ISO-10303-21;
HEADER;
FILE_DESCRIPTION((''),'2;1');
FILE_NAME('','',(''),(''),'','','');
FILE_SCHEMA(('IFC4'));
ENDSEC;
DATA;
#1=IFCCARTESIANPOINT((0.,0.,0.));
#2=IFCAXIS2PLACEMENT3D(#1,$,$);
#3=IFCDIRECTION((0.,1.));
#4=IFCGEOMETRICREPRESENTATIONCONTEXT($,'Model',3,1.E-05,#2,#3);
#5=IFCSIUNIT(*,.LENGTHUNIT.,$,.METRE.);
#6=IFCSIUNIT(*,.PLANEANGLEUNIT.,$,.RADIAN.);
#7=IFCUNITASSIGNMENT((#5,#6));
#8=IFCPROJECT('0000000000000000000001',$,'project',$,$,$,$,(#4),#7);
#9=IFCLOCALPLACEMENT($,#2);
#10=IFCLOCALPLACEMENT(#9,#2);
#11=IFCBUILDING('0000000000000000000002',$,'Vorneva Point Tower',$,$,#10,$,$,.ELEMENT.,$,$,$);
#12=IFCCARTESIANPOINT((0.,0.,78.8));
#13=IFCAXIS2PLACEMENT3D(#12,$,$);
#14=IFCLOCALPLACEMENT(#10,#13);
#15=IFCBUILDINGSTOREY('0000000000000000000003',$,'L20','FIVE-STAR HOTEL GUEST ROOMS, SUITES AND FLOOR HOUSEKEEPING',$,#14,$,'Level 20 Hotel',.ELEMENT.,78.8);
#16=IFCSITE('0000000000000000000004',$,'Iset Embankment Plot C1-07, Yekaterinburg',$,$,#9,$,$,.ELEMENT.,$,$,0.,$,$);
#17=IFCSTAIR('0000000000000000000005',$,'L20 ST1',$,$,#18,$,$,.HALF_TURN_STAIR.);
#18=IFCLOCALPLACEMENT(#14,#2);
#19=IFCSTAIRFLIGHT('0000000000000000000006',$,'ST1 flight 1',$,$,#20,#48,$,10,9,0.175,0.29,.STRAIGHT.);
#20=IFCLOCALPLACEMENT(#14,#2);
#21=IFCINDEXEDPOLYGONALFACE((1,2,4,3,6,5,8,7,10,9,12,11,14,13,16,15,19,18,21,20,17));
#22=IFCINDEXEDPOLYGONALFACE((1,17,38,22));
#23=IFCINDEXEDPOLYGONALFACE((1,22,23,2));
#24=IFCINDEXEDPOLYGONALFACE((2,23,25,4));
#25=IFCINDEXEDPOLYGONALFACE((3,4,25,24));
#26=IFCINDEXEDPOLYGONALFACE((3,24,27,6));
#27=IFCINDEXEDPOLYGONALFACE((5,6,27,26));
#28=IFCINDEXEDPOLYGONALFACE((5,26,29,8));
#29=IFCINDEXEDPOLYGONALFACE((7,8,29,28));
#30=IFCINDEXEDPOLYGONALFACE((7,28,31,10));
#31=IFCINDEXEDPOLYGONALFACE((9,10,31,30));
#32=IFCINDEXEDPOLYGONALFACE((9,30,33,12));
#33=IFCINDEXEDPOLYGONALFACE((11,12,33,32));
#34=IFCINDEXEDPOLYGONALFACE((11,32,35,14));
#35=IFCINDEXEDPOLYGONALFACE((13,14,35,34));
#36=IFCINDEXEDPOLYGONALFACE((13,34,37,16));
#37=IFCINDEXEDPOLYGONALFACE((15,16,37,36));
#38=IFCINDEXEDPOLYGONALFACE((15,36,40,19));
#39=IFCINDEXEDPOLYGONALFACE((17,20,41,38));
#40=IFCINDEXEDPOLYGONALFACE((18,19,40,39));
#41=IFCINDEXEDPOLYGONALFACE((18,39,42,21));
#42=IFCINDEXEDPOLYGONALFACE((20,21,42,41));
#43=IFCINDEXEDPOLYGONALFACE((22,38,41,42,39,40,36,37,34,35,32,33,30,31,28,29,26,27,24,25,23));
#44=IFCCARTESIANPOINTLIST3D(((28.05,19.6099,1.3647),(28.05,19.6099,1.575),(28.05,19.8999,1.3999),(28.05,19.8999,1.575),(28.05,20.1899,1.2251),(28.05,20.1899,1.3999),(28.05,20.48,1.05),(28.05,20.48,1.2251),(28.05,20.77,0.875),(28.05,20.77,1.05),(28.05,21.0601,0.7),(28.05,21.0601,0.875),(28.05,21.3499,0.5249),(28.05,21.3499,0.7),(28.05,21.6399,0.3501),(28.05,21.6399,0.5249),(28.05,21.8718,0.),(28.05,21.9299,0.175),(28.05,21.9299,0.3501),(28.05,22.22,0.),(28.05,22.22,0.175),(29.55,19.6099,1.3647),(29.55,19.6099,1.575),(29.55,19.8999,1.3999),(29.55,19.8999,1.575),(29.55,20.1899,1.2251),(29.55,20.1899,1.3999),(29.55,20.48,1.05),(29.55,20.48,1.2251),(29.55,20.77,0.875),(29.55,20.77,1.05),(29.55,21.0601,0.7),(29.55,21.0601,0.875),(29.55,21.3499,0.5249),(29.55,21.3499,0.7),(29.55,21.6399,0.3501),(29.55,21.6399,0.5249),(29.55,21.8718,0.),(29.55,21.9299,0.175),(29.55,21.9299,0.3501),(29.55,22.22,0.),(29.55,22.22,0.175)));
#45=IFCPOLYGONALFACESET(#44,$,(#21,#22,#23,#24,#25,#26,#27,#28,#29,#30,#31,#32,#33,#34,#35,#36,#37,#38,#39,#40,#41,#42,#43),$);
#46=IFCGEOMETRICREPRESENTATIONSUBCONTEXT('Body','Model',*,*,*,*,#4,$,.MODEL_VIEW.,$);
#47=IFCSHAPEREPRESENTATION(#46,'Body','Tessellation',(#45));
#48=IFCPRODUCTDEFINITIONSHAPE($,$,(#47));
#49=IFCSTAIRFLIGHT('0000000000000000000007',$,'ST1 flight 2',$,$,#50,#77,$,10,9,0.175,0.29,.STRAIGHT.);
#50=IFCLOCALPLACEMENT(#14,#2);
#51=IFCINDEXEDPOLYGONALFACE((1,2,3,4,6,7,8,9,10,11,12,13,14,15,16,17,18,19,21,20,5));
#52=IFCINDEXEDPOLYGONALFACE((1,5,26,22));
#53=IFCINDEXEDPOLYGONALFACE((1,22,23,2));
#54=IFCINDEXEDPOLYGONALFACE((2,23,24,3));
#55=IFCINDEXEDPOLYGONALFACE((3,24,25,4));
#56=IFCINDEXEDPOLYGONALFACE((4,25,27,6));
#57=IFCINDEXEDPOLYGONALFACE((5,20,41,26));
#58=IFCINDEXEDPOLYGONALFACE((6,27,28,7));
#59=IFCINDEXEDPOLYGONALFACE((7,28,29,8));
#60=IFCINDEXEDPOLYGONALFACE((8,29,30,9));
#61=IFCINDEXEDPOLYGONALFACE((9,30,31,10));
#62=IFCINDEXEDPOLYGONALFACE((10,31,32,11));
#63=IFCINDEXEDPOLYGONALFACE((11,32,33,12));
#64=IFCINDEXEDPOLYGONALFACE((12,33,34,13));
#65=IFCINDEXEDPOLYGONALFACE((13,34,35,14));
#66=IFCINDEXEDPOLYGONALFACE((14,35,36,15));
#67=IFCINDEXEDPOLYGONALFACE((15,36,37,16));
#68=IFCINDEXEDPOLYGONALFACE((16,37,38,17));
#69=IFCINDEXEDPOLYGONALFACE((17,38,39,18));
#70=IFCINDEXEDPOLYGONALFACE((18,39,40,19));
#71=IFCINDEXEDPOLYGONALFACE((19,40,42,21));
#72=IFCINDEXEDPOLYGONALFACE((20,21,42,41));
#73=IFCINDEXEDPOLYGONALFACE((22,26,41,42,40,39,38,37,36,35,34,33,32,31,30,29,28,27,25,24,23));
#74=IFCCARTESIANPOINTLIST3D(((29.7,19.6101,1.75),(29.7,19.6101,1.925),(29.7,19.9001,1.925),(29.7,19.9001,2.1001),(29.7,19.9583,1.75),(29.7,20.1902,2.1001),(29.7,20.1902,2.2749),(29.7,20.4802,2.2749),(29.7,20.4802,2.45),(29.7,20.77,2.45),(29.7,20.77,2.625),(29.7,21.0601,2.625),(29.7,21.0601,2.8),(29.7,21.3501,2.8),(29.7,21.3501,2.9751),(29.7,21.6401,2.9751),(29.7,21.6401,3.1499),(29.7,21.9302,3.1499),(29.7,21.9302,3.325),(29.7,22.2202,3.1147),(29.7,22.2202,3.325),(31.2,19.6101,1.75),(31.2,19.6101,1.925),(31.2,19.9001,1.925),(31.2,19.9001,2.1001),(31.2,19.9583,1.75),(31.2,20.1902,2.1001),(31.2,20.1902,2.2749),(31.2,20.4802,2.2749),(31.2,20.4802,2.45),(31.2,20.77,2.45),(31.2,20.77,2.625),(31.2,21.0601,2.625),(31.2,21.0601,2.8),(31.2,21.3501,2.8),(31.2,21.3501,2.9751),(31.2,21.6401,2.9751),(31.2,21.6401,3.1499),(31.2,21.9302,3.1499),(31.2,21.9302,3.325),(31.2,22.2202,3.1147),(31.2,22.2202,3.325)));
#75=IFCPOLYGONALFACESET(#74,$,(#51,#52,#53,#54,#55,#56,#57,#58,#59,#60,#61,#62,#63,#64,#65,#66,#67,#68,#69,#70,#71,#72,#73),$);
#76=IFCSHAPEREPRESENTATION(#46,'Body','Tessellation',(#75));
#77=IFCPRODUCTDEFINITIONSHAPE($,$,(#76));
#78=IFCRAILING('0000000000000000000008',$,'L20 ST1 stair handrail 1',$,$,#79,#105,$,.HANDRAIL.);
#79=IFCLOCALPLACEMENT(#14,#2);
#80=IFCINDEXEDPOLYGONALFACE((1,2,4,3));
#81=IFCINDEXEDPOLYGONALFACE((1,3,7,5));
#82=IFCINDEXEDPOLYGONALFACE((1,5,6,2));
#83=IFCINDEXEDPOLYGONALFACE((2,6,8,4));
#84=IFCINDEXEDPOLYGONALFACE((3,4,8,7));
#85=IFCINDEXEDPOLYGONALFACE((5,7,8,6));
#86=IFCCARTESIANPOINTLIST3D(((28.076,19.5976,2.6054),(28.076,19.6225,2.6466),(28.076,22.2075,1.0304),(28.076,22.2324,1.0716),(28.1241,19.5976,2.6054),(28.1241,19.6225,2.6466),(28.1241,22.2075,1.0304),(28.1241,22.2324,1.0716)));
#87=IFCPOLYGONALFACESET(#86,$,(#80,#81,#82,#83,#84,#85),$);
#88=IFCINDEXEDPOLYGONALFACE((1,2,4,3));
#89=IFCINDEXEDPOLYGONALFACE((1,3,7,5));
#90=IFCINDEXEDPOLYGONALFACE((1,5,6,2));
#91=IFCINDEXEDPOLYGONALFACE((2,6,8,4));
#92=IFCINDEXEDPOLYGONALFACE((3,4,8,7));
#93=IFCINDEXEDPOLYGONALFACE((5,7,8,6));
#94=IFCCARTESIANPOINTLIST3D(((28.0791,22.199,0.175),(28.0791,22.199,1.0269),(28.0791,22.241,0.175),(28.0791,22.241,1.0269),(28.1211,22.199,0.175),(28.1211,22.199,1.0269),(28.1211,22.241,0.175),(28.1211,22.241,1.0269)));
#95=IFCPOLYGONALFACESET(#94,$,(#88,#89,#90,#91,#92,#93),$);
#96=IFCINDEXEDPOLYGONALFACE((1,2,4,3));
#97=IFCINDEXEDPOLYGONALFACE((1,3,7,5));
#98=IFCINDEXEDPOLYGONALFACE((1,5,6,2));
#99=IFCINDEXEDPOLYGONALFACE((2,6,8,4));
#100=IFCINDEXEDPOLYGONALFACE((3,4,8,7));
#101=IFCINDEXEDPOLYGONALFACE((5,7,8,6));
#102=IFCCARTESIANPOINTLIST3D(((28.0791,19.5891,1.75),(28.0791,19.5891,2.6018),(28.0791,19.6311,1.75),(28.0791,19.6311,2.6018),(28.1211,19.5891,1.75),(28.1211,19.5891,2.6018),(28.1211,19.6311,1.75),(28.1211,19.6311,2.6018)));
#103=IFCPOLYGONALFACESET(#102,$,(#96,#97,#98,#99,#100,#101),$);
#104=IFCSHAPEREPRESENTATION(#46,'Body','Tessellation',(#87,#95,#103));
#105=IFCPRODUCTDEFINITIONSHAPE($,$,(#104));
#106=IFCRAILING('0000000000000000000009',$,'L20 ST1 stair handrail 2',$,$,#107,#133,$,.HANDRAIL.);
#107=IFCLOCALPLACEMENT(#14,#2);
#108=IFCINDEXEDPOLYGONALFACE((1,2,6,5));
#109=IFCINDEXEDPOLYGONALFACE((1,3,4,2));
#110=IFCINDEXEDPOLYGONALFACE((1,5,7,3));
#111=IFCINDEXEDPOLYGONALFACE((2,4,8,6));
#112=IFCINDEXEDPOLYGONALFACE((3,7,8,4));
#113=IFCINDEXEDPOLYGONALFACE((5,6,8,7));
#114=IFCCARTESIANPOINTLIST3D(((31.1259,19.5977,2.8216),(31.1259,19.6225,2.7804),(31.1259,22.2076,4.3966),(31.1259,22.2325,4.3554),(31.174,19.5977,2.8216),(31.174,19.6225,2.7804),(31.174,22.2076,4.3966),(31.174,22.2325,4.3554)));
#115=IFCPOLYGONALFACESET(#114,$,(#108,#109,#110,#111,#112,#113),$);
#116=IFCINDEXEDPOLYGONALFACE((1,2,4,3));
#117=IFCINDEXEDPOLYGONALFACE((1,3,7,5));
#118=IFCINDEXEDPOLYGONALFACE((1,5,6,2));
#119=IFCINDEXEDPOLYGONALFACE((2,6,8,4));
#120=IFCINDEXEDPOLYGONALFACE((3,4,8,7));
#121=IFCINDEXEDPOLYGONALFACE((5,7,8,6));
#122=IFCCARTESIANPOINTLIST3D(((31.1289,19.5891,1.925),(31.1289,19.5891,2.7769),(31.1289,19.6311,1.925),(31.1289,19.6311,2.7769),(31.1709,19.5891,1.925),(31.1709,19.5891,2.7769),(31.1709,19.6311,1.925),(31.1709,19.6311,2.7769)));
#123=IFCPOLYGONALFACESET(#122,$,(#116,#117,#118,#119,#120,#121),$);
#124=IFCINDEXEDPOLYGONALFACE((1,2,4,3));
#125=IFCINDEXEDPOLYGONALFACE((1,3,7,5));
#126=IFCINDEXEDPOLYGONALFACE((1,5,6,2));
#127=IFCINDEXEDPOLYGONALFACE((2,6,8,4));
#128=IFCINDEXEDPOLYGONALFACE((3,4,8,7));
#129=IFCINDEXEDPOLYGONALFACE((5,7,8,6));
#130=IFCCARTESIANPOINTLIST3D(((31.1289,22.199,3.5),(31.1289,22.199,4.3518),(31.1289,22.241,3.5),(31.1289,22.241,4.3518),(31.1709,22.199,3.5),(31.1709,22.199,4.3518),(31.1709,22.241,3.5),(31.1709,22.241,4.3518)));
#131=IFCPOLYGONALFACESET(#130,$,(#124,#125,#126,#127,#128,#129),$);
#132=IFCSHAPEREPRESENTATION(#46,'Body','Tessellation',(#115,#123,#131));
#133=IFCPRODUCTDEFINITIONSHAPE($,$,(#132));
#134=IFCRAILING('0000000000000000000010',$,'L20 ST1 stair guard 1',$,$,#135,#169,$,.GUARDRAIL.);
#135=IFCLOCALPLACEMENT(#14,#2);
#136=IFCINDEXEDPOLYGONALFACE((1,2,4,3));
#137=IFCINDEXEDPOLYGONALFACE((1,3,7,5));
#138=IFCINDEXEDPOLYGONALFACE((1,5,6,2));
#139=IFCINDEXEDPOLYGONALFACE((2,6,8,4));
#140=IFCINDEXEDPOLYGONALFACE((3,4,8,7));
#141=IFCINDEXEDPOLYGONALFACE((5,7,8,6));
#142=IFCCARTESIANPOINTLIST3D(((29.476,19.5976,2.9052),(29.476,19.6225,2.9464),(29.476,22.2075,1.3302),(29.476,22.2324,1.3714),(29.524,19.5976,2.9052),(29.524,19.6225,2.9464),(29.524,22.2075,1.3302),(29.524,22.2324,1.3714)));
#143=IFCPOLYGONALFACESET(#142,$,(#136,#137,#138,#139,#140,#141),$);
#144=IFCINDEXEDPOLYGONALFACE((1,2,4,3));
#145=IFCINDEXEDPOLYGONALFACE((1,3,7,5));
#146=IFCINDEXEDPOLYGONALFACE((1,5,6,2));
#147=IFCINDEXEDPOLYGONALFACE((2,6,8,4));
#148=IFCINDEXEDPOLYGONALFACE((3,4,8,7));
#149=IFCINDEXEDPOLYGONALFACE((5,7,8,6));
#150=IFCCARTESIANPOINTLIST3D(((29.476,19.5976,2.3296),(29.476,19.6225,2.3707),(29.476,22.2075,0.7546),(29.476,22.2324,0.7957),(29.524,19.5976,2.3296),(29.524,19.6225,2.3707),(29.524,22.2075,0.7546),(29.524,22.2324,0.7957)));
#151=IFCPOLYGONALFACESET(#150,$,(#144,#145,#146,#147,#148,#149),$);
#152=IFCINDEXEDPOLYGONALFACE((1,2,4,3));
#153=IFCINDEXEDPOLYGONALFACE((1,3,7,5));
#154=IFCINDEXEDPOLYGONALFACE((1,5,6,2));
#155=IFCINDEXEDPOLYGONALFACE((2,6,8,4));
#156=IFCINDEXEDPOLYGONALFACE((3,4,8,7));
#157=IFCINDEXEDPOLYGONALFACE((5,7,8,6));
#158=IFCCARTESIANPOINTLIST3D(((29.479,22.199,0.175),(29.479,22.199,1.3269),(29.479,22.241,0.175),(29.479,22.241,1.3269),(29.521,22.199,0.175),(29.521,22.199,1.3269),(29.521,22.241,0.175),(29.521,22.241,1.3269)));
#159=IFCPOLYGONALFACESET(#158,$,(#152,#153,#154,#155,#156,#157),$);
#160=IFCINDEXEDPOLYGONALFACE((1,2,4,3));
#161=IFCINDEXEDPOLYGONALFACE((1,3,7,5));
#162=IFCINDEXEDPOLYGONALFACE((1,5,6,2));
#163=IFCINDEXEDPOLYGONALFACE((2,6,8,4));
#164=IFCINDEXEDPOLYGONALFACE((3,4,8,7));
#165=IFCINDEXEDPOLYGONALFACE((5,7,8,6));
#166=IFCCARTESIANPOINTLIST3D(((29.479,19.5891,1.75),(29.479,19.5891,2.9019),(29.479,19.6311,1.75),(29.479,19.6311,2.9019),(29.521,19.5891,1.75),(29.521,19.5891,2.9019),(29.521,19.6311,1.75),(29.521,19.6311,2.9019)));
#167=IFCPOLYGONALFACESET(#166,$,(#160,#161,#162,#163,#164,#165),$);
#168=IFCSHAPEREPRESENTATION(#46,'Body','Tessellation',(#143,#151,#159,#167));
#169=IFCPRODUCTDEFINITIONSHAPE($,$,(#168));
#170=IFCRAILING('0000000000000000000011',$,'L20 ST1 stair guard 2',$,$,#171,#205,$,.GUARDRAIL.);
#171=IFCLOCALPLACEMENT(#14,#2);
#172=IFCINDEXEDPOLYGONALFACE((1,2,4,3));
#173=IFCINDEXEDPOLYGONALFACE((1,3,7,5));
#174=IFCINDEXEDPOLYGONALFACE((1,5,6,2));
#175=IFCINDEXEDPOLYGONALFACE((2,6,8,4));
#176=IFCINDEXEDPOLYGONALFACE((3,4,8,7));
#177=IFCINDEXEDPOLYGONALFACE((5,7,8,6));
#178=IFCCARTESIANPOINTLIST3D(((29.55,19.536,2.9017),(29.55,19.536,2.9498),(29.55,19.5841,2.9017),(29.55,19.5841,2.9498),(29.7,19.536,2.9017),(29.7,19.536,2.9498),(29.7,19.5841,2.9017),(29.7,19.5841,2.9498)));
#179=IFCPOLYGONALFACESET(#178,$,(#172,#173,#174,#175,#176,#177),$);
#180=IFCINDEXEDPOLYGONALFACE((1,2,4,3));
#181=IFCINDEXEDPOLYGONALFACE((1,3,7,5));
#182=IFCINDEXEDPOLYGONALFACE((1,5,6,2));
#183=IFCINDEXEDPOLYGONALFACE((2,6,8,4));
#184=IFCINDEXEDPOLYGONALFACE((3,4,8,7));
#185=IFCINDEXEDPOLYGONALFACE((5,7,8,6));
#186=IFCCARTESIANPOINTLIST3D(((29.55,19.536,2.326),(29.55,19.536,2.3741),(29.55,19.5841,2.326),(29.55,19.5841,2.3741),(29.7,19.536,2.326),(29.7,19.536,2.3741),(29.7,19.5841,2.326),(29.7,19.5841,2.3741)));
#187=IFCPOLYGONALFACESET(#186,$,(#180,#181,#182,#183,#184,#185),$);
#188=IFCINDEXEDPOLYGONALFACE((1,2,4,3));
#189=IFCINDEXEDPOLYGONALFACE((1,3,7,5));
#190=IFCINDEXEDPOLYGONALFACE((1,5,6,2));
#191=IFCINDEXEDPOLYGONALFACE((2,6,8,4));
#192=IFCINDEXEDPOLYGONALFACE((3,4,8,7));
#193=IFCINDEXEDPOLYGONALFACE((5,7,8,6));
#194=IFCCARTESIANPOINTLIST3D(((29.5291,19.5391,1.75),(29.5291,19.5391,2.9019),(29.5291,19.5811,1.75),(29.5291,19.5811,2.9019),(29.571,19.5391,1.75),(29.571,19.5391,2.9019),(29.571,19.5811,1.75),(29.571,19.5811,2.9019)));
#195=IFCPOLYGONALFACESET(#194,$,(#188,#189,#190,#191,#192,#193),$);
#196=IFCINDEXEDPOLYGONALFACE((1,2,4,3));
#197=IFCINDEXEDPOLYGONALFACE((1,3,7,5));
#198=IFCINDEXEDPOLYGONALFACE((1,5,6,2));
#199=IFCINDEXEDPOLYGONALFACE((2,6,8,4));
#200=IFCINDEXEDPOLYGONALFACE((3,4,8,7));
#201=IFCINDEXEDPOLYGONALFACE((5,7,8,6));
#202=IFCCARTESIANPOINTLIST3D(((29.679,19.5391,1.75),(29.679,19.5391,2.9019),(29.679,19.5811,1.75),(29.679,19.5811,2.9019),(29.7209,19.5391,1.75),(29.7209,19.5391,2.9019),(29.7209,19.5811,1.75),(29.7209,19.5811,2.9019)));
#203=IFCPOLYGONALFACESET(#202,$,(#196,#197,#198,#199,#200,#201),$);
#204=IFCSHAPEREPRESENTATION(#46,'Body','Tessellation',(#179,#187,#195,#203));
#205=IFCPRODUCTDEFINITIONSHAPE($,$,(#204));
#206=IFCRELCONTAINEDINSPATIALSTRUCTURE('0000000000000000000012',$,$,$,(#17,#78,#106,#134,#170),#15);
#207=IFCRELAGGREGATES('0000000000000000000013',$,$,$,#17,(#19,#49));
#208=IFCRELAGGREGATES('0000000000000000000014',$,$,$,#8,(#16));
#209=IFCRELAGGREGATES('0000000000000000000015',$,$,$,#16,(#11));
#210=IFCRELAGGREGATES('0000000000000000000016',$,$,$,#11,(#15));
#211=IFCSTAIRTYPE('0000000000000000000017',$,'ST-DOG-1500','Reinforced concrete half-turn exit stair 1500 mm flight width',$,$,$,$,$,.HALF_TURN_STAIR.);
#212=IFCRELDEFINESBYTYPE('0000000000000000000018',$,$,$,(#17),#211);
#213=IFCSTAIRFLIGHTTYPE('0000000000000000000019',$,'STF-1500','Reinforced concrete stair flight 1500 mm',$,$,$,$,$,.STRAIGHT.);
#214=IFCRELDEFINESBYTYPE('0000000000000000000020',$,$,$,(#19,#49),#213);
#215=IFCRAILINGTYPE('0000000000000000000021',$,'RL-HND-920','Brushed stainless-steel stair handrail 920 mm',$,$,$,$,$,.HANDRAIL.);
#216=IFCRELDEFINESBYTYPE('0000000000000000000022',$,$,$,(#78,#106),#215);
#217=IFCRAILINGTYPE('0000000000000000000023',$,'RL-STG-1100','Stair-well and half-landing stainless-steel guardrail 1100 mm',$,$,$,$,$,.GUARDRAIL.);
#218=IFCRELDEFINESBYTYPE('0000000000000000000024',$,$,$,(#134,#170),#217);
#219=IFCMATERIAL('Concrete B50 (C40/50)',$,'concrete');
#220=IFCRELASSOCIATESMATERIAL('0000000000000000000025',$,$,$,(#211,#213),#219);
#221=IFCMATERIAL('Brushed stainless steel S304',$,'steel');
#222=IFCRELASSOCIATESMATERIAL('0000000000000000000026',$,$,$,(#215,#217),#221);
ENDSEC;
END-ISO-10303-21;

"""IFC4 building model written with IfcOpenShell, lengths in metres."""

from ifc_helpers import new_model, si_unit, direction, frame, origin, origin_2d, place, context, subcontext, project, spatial, polyline, rectangle, outline, extrude, material, type_object, element, aggregate, save


model = new_model("IFC4")

# Units and contexts
model_context = context("Model", 3, precision=1e-05, world=origin(), true_north=direction((0.0, 1.0)))
body_context = subcontext(model_context, "Body", "Model", "MODEL_VIEW")
ifc_project = project(units=[si_unit("LENGTHUNIT", "METRE"), si_unit("PLANEANGLEUNIT", "RADIAN")], contexts=[model_context])

# Site, building, storey
site_placement = place(None, origin())
site = spatial("IfcSite", under=ifc_project, at=site_placement, Name="Iset Embankment Plot C1-07, Yekaterinburg", CompositionType="ELEMENT", RefElevation=0.0)
building_placement = place(site_placement, origin())
building = spatial("IfcBuilding", under=site, at=building_placement, Name="Vorneva Point Tower", CompositionType="ELEMENT")
storey_placement = place(building_placement, frame((0.0, 0.0, 78.8)))
storey = spatial("IfcBuildingStorey", under=building, at=storey_placement, Name="L20", Description="FIVE-STAR HOTEL GUEST ROOMS, SUITES AND FLOOR HOUSEKEEPING", LongName="Level 20 Hotel", CompositionType="ELEMENT", Elevation=78.8)

# Shared definitions
ifc_material_1 = material(Name="Concrete B50 (C40/50)", Category="concrete")

# Stair, stair flights
stair_type = type_object("IfcStairType", Name="ST-DOG-1500", Description="Reinforced concrete half-turn exit stair 1500 mm flight width", PredefinedType="HALF_TURN_STAIR", material=ifc_material_1)
stair_placement = place(storey_placement, origin())
stair = element("IfcStair", 1, at=stair_placement, inside=storey, type_object=stair_type, Name="L20 ST1", PredefinedType="HALF_TURN_STAIR")
stair_flight_type = type_object("IfcStairFlightType", Name="STF-1500", Description="Reinforced concrete stair flight 1500 mm", PredefinedType="STRAIGHT", material=ifc_material_1)
stair_flight_1_placement = place(storey_placement, frame((28.8, 22.22, 0.0), z_axis=(0.0, 0.0, 1.0), x_axis=(0.0, -1.0, 0.0)))
stair_flight_1 = element("IfcStairFlight", 2, at=stair_flight_1_placement, type_object=stair_flight_type, Name="ST1 flight 1", NumberOfRisers=10, NumberOfTreads=9, PredefinedType="STRAIGHT", RiserHeight=0.175, TreadLength=0.29, context=body_context, shape_type="SweptSolid", body=[
    extrude(outline(polyline([(0.0, 0.0), (0.0, 0.175), (0.29, 0.175), (0.29, 0.3501), (0.5801, 0.3501), (0.5801, 0.5249), (0.8701, 0.5249), (0.8701, 0.7), (1.1599, 0.7), (1.1599, 0.875), (1.45, 0.875), (1.45, 1.05), (1.74, 1.05), (1.74, 1.2251), (2.03, 1.2251), (2.03, 1.3999), (2.3201, 1.3999), (2.3201, 1.575), (2.6101, 1.575), (2.6101, 1.75), (2.6101, 1.3647), (0.3481, 0.0), (0.0, 0.0)])), frame((0.0, 0.75, 0.0), z_axis=(0.0, -1.0, 0.0), x_axis=(1.0, 0.0, 0.0)), (0.0, 0.0, 1.0), 1.5),
])
stair_flight_2_placement = place(storey_placement, frame((30.45, 19.6101, 1.75), z_axis=(0.0, 0.0, 1.0), x_axis=(0.0, 1.0, 0.0)))
stair_flight_2 = element("IfcStairFlight", 3, at=stair_flight_2_placement, type_object=stair_flight_type, Name="ST1 flight 2", NumberOfRisers=10, NumberOfTreads=9, PredefinedType="STRAIGHT", RiserHeight=0.175, TreadLength=0.29, context=body_context, shape_type="SweptSolid", body=[
    extrude(outline(polyline([(0.0, 0.0), (0.0, 0.175), (0.29, 0.175), (0.29, 0.3501), (0.5801, 0.3501), (0.5801, 0.5249), (0.8701, 0.5249), (0.8701, 0.7), (1.1599, 0.7), (1.1599, 0.875), (1.45, 0.875), (1.45, 1.05), (1.74, 1.05), (1.74, 1.2251), (2.03, 1.2251), (2.03, 1.3999), (2.3201, 1.3999), (2.3201, 1.575), (2.6101, 1.575), (2.6101, 1.75), (2.6101, 1.3647), (0.3481, 0.0), (0.0, 0.0)])), frame((0.0, 0.75, 0.0), z_axis=(0.0, -1.0, 0.0), x_axis=(1.0, 0.0, 0.0)), (0.0, 0.0, 1.0), 1.5),
])
aggregate(stair, [stair_flight_1, stair_flight_2])

# Railings
ifc_material_2 = material(Name="Brushed stainless steel S304", Category="steel")
railing_type_1 = type_object("IfcRailingType", Name="RL-HND-920", Description="Brushed stainless-steel stair handrail 920 mm", PredefinedType="HANDRAIL", material=ifc_material_2)
railing_1_placement = place(storey_placement, frame((28.1001, 22.22, 0.175)))
element("IfcRailing", 4, at=railing_1_placement, inside=storey, type_object=railing_type_1, Name="L20 ST1 stair handrail 1", PredefinedType="HANDRAIL", context=body_context, shape_type="SweptSolid", body=[
    extrude(rectangle(XDim=0.0481, YDim=0.0481, at=origin_2d()), frame((0.0, 0.0, 0.876), z_axis=(0.0, -0.856183, 0.516673), x_axis=(1.0, 0.0, 0.0)), (0.0, 0.0, 1.0), 3.0483),
    extrude(rectangle(XDim=0.042, YDim=0.042, at=origin_2d()), origin(), (0.0, 0.0, 1.0), 0.8518),
    extrude(rectangle(XDim=0.042, YDim=0.042, at=origin_2d()), frame((0.0, -2.6099, 1.575)), (0.0, 0.0, 1.0), 0.8518),
])
railing_2_placement = place(storey_placement, frame((31.1499, 19.6101, 1.925)))
element("IfcRailing", 5, at=railing_2_placement, inside=storey, type_object=railing_type_1, Name="L20 ST1 stair handrail 2", PredefinedType="HANDRAIL", context=body_context, shape_type="SweptSolid", body=[
    extrude(rectangle(XDim=0.0481, YDim=0.0481, at=origin_2d()), frame((0.0, 0.0, 0.876), z_axis=(0.0, 0.856183, 0.516673), x_axis=(-1.0, 0.0, 0.0)), (0.0, 0.0, 1.0), 3.0483),
    extrude(rectangle(XDim=0.042, YDim=0.042, at=origin_2d()), origin(), (0.0, 0.0, 1.0), 0.8518),
    extrude(rectangle(XDim=0.042, YDim=0.042, at=origin_2d()), frame((0.0, 2.6099, 1.575)), (0.0, 0.0, 1.0), 0.8518),
])
railing_type_2 = type_object("IfcRailingType", Name="RL-STG-1100", Description="Stair-well and half-landing stainless-steel guardrail 1100 mm", PredefinedType="GUARDRAIL", material=ifc_material_2)
railing_3_placement = place(storey_placement, frame((29.5, 22.22, 0.175)))
element("IfcRailing", 6, at=railing_3_placement, inside=storey, type_object=railing_type_2, Name="L20 ST1 stair guard 1", PredefinedType="GUARDRAIL", context=body_context, shape_type="SweptSolid", body=[
    extrude(rectangle(XDim=0.0481, YDim=0.0481, at=origin_2d()), frame((0.0, 0.0, 1.1758), z_axis=(0.0, -0.856183, 0.516673), x_axis=(1.0, 0.0, 0.0)), (0.0, 0.0, 1.0), 3.0483),
    extrude(rectangle(XDim=0.0481, YDim=0.0481, at=origin_2d()), frame((0.0, 0.0, 0.6001), z_axis=(0.0, -0.856183, 0.516673), x_axis=(1.0, 0.0, 0.0)), (0.0, 0.0, 1.0), 3.0483),
    extrude(rectangle(XDim=0.042, YDim=0.042, at=origin_2d()), origin(), (0.0, 0.0, 1.0), 1.1519),
    extrude(rectangle(XDim=0.042, YDim=0.042, at=origin_2d()), frame((0.0, -2.6099, 1.575)), (0.0, 0.0, 1.0), 1.1519),
])
railing_4_placement = place(storey_placement, frame((29.55, 19.5601, 1.75)))
element("IfcRailing", 7, at=railing_4_placement, inside=storey, type_object=railing_type_2, Name="L20 ST1 stair guard 2", PredefinedType="GUARDRAIL", context=body_context, shape_type="SweptSolid", body=[
    extrude(rectangle(XDim=0.0481, YDim=0.0481, at=origin_2d()), frame((0.0, 0.0, 1.1758), z_axis=(1.0, 0.0, 0.0), x_axis=(0.0, 1.0, 0.0)), (0.0, 0.0, 1.0), 0.1499),
    extrude(rectangle(XDim=0.0481, YDim=0.0481, at=origin_2d()), frame((0.0, 0.0, 0.6001), z_axis=(1.0, 0.0, 0.0), x_axis=(0.0, 1.0, 0.0)), (0.0, 0.0, 1.0), 0.1499),
    extrude(rectangle(XDim=0.042, YDim=0.042, at=origin_2d()), origin(), (0.0, 0.0, 1.0), 1.1519),
    extrude(rectangle(XDim=0.042, YDim=0.042, at=origin_2d()), frame((0.1499, 0.0, 0.0)), (0.0, 0.0, 1.0), 1.1519),
])

save(model, "model.ifc")
